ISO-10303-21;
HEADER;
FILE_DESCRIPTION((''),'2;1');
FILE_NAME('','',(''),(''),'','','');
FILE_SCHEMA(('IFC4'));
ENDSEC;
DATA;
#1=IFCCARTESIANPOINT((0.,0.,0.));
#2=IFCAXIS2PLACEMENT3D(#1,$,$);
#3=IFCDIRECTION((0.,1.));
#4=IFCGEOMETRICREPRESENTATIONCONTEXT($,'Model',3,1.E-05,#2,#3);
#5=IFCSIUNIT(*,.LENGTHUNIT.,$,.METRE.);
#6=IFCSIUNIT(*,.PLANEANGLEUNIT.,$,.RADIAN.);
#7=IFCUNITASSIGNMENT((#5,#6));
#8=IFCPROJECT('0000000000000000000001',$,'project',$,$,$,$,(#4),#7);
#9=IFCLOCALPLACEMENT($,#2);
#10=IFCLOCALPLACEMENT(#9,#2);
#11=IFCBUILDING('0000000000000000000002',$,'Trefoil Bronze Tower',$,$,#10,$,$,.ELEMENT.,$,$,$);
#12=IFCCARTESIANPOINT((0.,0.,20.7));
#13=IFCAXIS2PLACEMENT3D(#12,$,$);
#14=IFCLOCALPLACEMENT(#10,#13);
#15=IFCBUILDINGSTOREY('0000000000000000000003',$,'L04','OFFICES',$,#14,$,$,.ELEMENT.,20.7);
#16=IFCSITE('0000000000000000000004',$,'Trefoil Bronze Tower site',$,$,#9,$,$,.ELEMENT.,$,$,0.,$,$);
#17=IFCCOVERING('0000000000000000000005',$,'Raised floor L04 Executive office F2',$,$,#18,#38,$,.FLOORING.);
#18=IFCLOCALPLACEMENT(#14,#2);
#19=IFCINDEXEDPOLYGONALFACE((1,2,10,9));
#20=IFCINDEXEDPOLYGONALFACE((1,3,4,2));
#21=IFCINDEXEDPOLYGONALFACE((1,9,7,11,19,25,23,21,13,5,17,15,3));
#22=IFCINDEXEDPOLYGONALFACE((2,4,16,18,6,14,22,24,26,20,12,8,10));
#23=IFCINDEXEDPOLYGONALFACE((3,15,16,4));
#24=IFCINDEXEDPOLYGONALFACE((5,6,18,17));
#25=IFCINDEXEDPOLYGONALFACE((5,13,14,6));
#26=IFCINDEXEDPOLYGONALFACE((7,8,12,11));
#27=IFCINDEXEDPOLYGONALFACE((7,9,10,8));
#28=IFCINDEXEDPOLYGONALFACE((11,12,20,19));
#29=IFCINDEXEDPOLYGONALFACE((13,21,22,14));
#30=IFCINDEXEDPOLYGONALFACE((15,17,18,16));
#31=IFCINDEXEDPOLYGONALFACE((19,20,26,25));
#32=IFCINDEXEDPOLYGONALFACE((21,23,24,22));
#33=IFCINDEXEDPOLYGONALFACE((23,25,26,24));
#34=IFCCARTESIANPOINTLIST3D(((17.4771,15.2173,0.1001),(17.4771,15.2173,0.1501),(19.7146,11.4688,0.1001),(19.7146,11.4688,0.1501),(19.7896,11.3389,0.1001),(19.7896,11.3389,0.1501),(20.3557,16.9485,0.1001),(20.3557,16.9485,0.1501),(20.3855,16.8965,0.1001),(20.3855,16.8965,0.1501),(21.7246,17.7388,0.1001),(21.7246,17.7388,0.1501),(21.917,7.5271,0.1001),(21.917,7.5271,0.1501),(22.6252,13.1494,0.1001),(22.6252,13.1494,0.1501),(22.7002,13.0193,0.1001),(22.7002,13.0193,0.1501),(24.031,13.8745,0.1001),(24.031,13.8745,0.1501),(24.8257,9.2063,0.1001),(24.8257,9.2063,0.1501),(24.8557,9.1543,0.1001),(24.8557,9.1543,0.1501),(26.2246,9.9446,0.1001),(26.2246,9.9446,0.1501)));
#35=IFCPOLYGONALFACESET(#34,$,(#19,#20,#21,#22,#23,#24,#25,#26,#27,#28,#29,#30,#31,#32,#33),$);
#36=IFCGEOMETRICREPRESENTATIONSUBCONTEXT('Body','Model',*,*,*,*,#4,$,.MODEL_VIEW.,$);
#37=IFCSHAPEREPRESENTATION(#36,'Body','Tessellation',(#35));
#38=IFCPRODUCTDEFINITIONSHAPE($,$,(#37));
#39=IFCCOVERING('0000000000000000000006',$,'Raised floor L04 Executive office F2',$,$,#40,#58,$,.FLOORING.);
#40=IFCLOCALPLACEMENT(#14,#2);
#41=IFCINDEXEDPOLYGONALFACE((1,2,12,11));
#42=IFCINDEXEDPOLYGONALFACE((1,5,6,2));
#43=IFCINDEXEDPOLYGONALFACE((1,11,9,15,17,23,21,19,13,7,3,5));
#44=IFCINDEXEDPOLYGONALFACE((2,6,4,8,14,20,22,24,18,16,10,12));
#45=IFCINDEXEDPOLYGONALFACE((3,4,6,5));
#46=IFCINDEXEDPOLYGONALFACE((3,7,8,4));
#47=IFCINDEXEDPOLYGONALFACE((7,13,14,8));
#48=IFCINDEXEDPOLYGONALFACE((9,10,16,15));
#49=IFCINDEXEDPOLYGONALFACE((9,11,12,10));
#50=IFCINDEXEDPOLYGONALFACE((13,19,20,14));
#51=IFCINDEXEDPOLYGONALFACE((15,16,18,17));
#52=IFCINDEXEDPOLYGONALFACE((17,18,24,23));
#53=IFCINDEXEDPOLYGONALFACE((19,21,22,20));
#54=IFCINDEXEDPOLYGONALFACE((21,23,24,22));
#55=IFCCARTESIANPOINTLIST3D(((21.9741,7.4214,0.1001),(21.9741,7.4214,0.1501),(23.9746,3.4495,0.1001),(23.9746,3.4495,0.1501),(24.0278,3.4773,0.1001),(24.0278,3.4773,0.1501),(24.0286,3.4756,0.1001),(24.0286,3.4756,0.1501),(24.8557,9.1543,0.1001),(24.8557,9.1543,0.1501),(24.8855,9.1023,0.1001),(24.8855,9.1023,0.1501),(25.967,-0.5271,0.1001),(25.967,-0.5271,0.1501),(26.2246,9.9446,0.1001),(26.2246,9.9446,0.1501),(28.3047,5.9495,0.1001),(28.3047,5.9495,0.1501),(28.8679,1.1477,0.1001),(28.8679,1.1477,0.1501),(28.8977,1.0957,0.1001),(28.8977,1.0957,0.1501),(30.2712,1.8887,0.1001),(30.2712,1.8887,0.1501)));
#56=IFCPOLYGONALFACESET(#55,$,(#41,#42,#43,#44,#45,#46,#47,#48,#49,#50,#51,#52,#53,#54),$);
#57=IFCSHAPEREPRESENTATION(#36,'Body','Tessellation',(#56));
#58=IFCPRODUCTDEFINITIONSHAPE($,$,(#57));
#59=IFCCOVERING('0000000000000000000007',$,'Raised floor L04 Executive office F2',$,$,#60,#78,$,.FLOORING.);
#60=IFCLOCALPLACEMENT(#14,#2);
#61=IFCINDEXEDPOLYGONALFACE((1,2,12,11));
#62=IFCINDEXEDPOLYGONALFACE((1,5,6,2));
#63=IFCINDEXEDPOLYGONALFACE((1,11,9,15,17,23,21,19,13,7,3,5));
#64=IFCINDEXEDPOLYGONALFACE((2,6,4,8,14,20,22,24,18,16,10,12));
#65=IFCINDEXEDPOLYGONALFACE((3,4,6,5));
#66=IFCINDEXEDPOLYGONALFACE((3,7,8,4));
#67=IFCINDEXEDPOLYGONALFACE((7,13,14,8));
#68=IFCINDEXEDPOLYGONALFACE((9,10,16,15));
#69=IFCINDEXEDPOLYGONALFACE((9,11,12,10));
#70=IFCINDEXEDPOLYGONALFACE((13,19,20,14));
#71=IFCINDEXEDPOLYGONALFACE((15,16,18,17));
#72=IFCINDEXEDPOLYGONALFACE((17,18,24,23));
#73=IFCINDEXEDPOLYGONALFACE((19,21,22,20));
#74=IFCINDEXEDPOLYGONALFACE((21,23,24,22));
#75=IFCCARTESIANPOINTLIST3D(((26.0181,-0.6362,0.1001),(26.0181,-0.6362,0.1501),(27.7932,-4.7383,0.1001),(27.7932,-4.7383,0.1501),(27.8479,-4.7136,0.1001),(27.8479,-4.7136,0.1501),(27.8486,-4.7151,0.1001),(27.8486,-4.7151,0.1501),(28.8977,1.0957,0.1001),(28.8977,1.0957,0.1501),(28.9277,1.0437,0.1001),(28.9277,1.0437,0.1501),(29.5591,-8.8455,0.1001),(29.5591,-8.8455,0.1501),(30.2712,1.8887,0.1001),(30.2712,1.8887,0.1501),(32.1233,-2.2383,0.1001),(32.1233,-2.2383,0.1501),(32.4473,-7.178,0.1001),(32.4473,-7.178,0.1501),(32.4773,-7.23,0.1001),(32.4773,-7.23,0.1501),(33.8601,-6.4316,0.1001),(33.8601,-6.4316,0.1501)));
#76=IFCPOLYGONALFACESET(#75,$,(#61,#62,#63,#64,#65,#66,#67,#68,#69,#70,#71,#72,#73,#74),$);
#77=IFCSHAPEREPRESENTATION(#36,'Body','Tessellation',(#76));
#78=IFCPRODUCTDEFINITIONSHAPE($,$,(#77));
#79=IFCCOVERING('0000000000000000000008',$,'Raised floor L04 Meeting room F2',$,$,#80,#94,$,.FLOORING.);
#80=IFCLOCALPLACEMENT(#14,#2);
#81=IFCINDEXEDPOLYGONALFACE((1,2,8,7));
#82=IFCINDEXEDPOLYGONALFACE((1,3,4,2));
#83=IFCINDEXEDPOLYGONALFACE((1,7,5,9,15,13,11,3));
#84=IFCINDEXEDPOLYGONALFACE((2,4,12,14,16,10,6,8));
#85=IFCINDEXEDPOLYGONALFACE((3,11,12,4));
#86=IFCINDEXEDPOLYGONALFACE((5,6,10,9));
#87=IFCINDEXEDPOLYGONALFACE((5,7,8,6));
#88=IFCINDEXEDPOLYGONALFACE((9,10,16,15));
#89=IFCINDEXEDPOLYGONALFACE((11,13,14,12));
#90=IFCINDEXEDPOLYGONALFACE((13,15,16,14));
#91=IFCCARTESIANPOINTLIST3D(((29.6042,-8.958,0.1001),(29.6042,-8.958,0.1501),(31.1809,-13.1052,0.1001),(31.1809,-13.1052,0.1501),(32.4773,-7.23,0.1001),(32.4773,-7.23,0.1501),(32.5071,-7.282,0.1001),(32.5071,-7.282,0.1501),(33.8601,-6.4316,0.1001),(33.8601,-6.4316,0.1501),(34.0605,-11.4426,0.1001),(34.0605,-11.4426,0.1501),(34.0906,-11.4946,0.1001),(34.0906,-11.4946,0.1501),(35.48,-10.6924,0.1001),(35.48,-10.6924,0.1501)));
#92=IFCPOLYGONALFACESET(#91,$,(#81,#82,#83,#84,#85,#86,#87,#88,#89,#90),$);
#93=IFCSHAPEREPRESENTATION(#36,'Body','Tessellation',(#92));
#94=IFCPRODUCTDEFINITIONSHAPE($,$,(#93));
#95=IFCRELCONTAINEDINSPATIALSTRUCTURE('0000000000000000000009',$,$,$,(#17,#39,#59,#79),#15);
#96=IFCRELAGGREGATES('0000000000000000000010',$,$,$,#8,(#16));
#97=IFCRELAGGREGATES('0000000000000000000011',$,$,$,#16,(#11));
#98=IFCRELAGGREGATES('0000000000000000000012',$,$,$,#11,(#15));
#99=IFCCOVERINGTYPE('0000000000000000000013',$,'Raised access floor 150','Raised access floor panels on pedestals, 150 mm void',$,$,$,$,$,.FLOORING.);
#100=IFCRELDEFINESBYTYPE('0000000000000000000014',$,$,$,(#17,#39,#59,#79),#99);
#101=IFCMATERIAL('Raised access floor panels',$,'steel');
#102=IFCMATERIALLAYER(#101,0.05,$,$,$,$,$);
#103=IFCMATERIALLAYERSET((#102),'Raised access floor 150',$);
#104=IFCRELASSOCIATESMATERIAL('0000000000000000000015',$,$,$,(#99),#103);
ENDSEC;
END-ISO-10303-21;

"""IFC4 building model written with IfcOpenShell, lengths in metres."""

from ifc_helpers import new_model, si_unit, direction, frame, origin, place, context, subcontext, project, spatial, polyline, outline, extrude, material, layer, layer_set, type_object, element, save


model = new_model("IFC4")

# Units and contexts
model_context = context("Model", 3, precision=1e-05, world=origin(), true_north=direction((0.0, 1.0)))
body_context = subcontext(model_context, "Body", "Model", "MODEL_VIEW")
ifc_project = project(units=[si_unit("LENGTHUNIT", "METRE"), si_unit("PLANEANGLEUNIT", "RADIAN")], contexts=[model_context])

# Site, building, storey
site_placement = place(None, origin())
site = spatial("IfcSite", under=ifc_project, at=site_placement, Name="Trefoil Bronze Tower site", CompositionType="ELEMENT", RefElevation=0.0)
building_placement = place(site_placement, origin())
building = spatial("IfcBuilding", under=site, at=building_placement, Name="Trefoil Bronze Tower", CompositionType="ELEMENT")
storey_placement = place(building_placement, frame((0.0, 0.0, 20.7)))
storey = spatial("IfcBuildingStorey", under=building, at=storey_placement, Name="L04", Description="OFFICES", CompositionType="ELEMENT", Elevation=20.7)

# Coverings
ifc_material_1 = material(Name="Raised access floor panels", Category="steel")
ifc_layer_1 = layer(ifc_material_1, 0.05)
ifc_layer_set_1 = layer_set([ifc_layer_1], Name="Raised access floor 150")
covering_type_1 = type_object("IfcCoveringType", Name="Raised access floor 150", Description="Raised access floor panels on pedestals, 150 mm void", PredefinedType="FLOORING", material=ifc_layer_set_1)
covering_1_placement = place(storey_placement, frame((0.0, 0.0, 0.1001)))
element("IfcCovering", 1, at=covering_1_placement, inside=storey, type_object=covering_type_1, Name="Raised floor L04 Executive office F2", PredefinedType="FLOORING", context=body_context, shape_type="SweptSolid", body=[
    extrude(outline(polyline([(24.031, 13.8745), (26.2246, 9.9446), (24.8557, 9.1543), (24.8257, 9.2063), (21.917, 7.5271), (19.7896, 11.3389), (22.7002, 13.0193), (22.6252, 13.1494), (19.7146, 11.4688), (17.4771, 15.2173), (20.3855, 16.8965), (20.3557, 16.9485), (21.7246, 17.7388), (24.031, 13.8745)])), origin(), (0.0, 0.0, 1.0), 0.05),
])
covering_2_placement = place(storey_placement, frame((0.0, 0.0, 0.1001)))
element("IfcCovering", 2, at=covering_2_placement, inside=storey, type_object=covering_type_1, Name="Raised floor L04 Executive office F2", PredefinedType="FLOORING", context=body_context, shape_type="SweptSolid", body=[
    extrude(outline(polyline([(28.3047, 5.9495), (30.2712, 1.8887), (28.8977, 1.0957), (28.8679, 1.1477), (25.967, -0.5271), (24.0286, 3.4756), (23.9746, 3.4495), (24.0278, 3.4773), (21.9741, 7.4214), (24.8855, 9.1023), (24.8557, 9.1543), (26.2246, 9.9446), (28.3047, 5.9495)])), origin(), (0.0, 0.0, 1.0), 0.05),
])
covering_3_placement = place(storey_placement, frame((0.0, 0.0, 0.1001)))
element("IfcCovering", 3, at=covering_3_placement, inside=storey, type_object=covering_type_1, Name="Raised floor L04 Executive office F2", PredefinedType="FLOORING", context=body_context, shape_type="SweptSolid", body=[
    extrude(outline(polyline([(32.1233, -2.2383), (33.8601, -6.4316), (32.4773, -7.23), (32.4473, -7.178), (29.5591, -8.8455), (27.8486, -4.7151), (27.7932, -4.7383), (27.8479, -4.7136), (26.0181, -0.6362), (28.9277, 1.0437), (28.8977, 1.0957), (30.2712, 1.8887), (32.1233, -2.2383)])), origin(), (0.0, 0.0, 1.0), 0.05),
])
covering_4_placement = place(storey_placement, frame((0.0, 0.0, 0.1001)))
element("IfcCovering", 4, at=covering_4_placement, inside=storey, type_object=covering_type_1, Name="Raised floor L04 Meeting room F2", PredefinedType="FLOORING", context=body_context, shape_type="SweptSolid", body=[
    extrude(outline(polyline([(33.8601, -6.4316), (35.48, -10.6924), (34.0906, -11.4946), (34.0605, -11.4426), (31.1809, -13.1052), (29.6042, -8.958), (32.5071, -7.282), (32.4773, -7.23), (33.8601, -6.4316)])), origin(), (0.0, 0.0, 1.0), 0.05),
])

save(model, "model.ifc")
